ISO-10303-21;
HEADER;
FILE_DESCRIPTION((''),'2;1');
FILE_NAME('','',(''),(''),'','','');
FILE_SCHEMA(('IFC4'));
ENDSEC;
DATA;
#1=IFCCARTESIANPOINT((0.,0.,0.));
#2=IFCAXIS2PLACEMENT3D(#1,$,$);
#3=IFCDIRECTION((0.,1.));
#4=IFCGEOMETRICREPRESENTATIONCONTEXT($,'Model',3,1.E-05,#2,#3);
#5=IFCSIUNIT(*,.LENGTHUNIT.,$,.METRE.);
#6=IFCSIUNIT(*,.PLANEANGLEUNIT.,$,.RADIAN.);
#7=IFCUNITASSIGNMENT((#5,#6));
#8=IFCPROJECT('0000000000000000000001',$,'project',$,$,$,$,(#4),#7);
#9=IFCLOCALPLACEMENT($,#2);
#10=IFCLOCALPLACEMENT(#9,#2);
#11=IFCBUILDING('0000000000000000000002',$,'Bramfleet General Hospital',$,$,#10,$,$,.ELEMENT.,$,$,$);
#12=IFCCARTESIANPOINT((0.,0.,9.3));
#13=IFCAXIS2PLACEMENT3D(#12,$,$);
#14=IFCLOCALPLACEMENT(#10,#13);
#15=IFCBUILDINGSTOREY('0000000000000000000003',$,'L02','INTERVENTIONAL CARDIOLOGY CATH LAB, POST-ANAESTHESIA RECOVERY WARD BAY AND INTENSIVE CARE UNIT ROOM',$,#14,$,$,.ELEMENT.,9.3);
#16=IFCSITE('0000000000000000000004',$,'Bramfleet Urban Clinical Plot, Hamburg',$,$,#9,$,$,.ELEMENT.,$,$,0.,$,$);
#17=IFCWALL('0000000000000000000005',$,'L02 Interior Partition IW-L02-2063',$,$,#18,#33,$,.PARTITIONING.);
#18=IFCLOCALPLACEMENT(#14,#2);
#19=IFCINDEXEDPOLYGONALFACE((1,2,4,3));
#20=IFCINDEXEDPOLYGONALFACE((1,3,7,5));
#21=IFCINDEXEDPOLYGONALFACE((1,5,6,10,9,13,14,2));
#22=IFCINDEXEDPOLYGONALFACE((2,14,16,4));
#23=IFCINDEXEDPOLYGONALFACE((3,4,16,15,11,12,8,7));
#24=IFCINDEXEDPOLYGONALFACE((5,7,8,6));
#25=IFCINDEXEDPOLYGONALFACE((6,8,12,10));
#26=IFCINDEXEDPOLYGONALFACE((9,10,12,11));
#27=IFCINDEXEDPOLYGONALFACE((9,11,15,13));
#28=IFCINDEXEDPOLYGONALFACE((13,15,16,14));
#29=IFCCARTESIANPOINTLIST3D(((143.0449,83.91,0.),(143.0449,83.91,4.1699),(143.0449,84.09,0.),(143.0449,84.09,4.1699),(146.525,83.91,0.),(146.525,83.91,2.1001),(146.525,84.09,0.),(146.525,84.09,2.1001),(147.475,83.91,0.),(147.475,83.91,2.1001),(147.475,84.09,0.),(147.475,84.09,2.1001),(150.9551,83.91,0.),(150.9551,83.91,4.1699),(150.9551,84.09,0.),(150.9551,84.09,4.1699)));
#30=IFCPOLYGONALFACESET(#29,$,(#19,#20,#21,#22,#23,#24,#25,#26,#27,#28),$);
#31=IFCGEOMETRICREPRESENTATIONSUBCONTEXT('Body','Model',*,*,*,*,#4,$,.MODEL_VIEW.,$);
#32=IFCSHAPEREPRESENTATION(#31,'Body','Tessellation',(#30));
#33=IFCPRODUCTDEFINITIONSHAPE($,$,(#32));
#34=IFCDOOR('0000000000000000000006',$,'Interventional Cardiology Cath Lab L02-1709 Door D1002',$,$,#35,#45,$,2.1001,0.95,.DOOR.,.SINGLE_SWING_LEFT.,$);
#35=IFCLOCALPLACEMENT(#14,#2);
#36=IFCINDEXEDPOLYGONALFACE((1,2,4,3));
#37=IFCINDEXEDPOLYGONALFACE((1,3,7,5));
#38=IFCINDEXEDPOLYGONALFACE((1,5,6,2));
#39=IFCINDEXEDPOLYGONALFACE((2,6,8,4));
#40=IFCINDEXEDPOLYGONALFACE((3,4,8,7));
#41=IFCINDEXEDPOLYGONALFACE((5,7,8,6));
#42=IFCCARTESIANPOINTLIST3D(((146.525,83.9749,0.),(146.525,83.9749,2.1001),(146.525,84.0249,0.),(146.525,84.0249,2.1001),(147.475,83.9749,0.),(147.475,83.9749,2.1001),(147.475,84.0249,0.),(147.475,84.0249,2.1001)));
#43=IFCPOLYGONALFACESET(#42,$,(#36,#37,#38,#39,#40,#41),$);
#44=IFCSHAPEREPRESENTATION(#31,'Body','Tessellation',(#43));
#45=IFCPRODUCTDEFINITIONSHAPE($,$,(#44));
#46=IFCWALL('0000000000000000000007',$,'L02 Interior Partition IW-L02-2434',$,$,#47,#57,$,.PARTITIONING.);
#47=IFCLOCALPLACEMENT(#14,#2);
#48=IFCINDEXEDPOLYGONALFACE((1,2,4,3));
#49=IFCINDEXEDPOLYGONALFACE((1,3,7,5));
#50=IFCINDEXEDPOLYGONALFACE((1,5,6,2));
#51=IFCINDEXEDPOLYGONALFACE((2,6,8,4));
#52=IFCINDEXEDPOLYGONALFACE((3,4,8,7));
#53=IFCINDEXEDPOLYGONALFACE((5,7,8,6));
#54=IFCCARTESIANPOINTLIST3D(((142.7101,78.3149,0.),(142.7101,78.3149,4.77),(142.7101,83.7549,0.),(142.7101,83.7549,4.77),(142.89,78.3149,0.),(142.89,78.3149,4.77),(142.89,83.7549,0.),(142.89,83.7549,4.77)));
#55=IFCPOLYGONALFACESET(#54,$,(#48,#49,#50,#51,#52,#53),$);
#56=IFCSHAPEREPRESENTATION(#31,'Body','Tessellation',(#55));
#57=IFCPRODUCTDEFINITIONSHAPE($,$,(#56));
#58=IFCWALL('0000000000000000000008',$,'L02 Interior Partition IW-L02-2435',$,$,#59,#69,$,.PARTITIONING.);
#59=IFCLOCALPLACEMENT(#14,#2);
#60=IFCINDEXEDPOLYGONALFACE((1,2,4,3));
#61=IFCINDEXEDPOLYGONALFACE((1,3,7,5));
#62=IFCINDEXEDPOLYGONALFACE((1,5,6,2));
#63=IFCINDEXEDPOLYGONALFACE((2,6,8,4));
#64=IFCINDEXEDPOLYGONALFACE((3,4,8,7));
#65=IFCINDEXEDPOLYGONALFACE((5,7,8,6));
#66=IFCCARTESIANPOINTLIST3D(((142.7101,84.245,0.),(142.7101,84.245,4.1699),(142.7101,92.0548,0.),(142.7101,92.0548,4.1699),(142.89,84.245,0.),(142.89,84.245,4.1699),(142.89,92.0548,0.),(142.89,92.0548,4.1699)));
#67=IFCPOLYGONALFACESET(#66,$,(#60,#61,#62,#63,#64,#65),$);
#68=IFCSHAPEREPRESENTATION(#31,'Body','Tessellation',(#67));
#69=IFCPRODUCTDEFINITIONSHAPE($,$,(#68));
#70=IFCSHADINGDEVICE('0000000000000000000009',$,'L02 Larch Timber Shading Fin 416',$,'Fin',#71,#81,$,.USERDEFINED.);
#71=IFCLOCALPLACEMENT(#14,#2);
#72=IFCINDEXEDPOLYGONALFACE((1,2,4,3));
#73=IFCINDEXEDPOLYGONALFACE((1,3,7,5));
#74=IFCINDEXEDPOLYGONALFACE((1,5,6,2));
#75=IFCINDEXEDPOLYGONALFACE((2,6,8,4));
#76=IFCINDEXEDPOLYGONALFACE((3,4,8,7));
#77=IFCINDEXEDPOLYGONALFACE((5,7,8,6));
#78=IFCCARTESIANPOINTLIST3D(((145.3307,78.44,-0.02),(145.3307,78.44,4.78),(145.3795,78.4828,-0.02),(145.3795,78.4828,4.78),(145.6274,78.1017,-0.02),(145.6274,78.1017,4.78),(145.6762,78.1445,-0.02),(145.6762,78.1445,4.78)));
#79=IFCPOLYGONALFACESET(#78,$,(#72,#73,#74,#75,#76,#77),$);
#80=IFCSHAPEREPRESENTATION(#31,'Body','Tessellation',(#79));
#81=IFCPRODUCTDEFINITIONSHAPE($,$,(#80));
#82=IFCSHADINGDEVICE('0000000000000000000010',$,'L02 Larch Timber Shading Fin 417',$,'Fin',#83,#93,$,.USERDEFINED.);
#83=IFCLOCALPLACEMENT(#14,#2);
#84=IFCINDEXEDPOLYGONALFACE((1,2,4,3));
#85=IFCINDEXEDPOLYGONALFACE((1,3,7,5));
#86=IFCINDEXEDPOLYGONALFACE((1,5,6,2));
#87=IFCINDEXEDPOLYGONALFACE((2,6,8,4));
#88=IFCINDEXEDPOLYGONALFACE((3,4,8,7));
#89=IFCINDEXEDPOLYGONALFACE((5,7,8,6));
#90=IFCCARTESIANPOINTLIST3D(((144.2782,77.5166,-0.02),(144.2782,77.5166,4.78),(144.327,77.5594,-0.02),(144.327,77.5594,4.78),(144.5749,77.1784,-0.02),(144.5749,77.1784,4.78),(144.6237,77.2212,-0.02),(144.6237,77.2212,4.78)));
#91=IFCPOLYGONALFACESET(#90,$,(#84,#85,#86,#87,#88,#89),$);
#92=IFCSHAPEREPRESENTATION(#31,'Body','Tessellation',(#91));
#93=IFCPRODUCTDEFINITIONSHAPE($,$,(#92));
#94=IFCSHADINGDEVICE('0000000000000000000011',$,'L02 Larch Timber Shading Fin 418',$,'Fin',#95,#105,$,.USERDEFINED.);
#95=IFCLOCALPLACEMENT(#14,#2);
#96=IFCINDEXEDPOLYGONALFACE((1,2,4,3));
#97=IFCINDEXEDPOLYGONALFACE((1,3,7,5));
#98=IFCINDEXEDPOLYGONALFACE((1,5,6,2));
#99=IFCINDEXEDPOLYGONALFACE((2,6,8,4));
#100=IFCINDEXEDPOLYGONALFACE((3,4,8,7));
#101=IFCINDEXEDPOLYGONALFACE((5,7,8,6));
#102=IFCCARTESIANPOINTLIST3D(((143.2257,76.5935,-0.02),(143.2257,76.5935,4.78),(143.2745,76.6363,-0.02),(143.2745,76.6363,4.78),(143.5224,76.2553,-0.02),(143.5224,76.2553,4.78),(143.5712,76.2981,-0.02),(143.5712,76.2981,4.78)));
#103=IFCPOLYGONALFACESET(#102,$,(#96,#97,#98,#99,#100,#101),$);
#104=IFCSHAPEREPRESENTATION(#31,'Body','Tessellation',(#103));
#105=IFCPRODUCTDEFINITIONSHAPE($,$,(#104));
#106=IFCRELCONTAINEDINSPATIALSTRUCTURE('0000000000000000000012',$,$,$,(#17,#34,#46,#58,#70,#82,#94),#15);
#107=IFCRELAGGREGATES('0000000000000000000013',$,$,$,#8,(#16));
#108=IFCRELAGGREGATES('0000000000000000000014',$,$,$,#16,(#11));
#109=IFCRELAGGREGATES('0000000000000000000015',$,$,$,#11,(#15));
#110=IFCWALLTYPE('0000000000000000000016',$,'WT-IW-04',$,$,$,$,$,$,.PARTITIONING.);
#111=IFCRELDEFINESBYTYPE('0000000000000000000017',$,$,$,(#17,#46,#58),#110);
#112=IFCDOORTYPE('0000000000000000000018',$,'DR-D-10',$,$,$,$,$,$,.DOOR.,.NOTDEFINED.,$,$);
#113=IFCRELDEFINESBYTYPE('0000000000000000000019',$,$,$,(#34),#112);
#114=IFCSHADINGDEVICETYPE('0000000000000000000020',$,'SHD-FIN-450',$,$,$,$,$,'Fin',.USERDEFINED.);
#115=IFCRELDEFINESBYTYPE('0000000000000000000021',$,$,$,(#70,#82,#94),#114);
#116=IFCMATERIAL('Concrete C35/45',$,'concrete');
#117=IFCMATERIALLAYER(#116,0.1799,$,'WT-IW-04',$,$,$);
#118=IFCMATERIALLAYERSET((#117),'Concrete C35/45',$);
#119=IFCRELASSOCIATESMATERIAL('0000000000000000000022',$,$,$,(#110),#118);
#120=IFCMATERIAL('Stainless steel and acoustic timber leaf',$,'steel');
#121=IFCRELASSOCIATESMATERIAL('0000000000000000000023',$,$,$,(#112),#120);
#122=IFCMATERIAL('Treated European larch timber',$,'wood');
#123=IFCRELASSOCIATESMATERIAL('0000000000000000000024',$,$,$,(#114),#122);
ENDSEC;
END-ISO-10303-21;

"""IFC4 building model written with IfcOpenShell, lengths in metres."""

from ifc_helpers import new_model, si_unit, direction, frame, frame_2d, origin, origin_2d, place, context, subcontext, project, spatial, rectangle, extrude, material, layer, layer_set, material_profile, profile_set, type_object, element, fill, save


model = new_model("IFC4")

# Units and contexts
model_context = context("Model", 3, precision=1e-05, world=origin(), true_north=direction((0.0, 1.0)))
body_context = subcontext(model_context, "Body", "Model", "MODEL_VIEW")
ifc_project = project(units=[si_unit("LENGTHUNIT", "METRE"), si_unit("PLANEANGLEUNIT", "RADIAN")], contexts=[model_context])

# Site, building, storey
site_placement = place(None, origin())
site = spatial("IfcSite", under=ifc_project, at=site_placement, Name="Bramfleet Urban Clinical Plot, Hamburg", CompositionType="ELEMENT", RefElevation=0.0)
building_placement = place(site_placement, origin())
building = spatial("IfcBuilding", under=site, at=building_placement, Name="Bramfleet General Hospital", CompositionType="ELEMENT")
storey_placement = place(building_placement, frame((0.0, 0.0, 9.3)))
storey = spatial("IfcBuildingStorey", under=building, at=storey_placement, Name="L02", Description="INTERVENTIONAL CARDIOLOGY CATH LAB, POST-ANAESTHESIA RECOVERY WARD BAY AND INTENSIVE CARE UNIT ROOM", CompositionType="ELEMENT", Elevation=9.3)

# Shared definitions
ifc_material_1 = material(Name="Concrete C35/45", Category="concrete")

# Shared definitions
ifc_layer_1 = layer(ifc_material_1, 0.1799, Name="WT-IW-04")
ifc_layer_set_1 = layer_set([ifc_layer_1], Name="Concrete C35/45")
wall_type = type_object("IfcWallType", Name="WT-IW-04", PredefinedType="PARTITIONING", material=ifc_layer_set_1)

# Wall, opening, door
wall_1_placement = place(storey_placement, frame((143.0449, 84.0, 0.0), z_axis=(0.0, 0.0, 1.0), x_axis=(1.0, 0.0, 0.0)))
wall_1 = element("IfcWall", 1, at=wall_1_placement, inside=storey, type_object=wall_type, Name="L02 Interior Partition IW-L02-2063", PredefinedType="PARTITIONING", context=body_context, shape_type="SweptSolid", body=[
    extrude(rectangle(XDim=7.9102, YDim=0.1799, at=frame_2d((3.9551, 0.0))), origin(), (0.0, 0.0, 1.0), 4.1699),
])
opening_placement = place(wall_1_placement, frame((3.48, 0.0, 0.0)))
opening = element("IfcOpeningElement", 2, at=opening_placement, cuts=wall_1, PredefinedType="OPENING", context=body_context, shape_type="SweptSolid", body=[
    extrude(rectangle(XDim=0.95, YDim=2.1001, at=frame_2d((0.4751, 1.05))), frame((0.0, 0.0999, 0.0), z_axis=(0.0, -1.0, 0.0), x_axis=(1.0, 0.0, 0.0)), (0.0, 0.0, 1.0), 0.2),
])
ifc_material_2 = material(Name="Stainless steel and acoustic timber leaf", Category="steel")
door_type = type_object("IfcDoorType", Name="DR-D-10", OperationType="NOTDEFINED", PredefinedType="DOOR", material=ifc_material_2)
door_placement = place(opening_placement, origin())
door = element("IfcDoor", 3, at=door_placement, inside=storey, type_object=door_type, Name="Interventional Cardiology Cath Lab L02-1709 Door D1002", OperationType="SINGLE_SWING_LEFT", OverallHeight=2.1001, OverallWidth=0.95, PredefinedType="DOOR", context=body_context, shape_type="SweptSolid", body=[
    extrude(rectangle(XDim=0.95, YDim=2.1001, at=frame_2d((0.4751, 1.05))), frame((0.0, 0.0249, 0.0), z_axis=(0.0, -1.0, 0.0), x_axis=(1.0, 0.0, 0.0)), (0.0, 0.0, 1.0), 0.05),
])
fill(opening, door)

# Walls
wall_2_placement = place(storey_placement, frame((142.8, 78.3149, 0.0), z_axis=(0.0, 0.0, 1.0), x_axis=(0.0, 1.0, 0.0)))
element("IfcWall", 4, at=wall_2_placement, inside=storey, type_object=wall_type, Name="L02 Interior Partition IW-L02-2434", PredefinedType="PARTITIONING", context=body_context, shape_type="SweptSolid", body=[
    extrude(rectangle(XDim=5.4399, YDim=0.1799, at=frame_2d((2.72, 0.0))), origin(), (0.0, 0.0, 1.0), 4.77),
])
wall_3_placement = place(storey_placement, frame((142.8, 84.2451, 0.0), z_axis=(0.0, 0.0, 1.0), x_axis=(0.0, 1.0, 0.0)))
element("IfcWall", 5, at=wall_3_placement, inside=storey, type_object=wall_type, Name="L02 Interior Partition IW-L02-2435", PredefinedType="PARTITIONING", context=body_context, shape_type="SweptSolid", body=[
    extrude(rectangle(XDim=7.8098, YDim=0.1799, at=frame_2d((3.9048, 0.0))), origin(), (0.0, 0.0, 1.0), 4.1699),
])

# Shading devices
ifc_material_3 = material(Name="Treated European larch timber", Category="wood")
ifc_material_profile_1 = material_profile(ifc_material_3, rectangle(XDim=0.0649, YDim=0.45, at=origin_2d()), Name="LARCH FIN 450x65")
ifc_profile_set_1 = profile_set([ifc_material_profile_1], Name="Treated European larch timber")
shading_device_type = type_object("IfcShadingDeviceType", Name="SHD-FIN-450", ElementType="Fin", PredefinedType="USERDEFINED", material=ifc_profile_set_1)
for number, where, z_axis, x_axis, name in (
    (6, (145.5034, 78.2922, -0.02), (0.0, 0.0, 1.0), (-0.751787, -0.659406, 0.0), "L02 Larch Timber Shading Fin 416"),
    (7, (144.4509, 77.3689, -0.02), (0.0, 0.0, 1.0), (-0.751787, -0.659406, 0.0), "L02 Larch Timber Shading Fin 417"),
    (8, (143.3984, 76.4458, -0.02), (0.0, 0.0, 1.0), (-0.751787, -0.659406, 0.0), "L02 Larch Timber Shading Fin 418"),
):
    element("IfcShadingDevice", number, at=place(storey_placement, frame(where, z_axis=z_axis, x_axis=x_axis)), inside=storey, type_object=shading_device_type, Name=name, ObjectType="Fin", PredefinedType="USERDEFINED", context=body_context, shape_type="SweptSolid", body=[
        extrude(rectangle(XDim=0.0649, YDim=0.45, at=origin_2d()), origin(), (0.0, 0.0, 1.0), 4.8),
    ])

save(model, "model.ifc")
